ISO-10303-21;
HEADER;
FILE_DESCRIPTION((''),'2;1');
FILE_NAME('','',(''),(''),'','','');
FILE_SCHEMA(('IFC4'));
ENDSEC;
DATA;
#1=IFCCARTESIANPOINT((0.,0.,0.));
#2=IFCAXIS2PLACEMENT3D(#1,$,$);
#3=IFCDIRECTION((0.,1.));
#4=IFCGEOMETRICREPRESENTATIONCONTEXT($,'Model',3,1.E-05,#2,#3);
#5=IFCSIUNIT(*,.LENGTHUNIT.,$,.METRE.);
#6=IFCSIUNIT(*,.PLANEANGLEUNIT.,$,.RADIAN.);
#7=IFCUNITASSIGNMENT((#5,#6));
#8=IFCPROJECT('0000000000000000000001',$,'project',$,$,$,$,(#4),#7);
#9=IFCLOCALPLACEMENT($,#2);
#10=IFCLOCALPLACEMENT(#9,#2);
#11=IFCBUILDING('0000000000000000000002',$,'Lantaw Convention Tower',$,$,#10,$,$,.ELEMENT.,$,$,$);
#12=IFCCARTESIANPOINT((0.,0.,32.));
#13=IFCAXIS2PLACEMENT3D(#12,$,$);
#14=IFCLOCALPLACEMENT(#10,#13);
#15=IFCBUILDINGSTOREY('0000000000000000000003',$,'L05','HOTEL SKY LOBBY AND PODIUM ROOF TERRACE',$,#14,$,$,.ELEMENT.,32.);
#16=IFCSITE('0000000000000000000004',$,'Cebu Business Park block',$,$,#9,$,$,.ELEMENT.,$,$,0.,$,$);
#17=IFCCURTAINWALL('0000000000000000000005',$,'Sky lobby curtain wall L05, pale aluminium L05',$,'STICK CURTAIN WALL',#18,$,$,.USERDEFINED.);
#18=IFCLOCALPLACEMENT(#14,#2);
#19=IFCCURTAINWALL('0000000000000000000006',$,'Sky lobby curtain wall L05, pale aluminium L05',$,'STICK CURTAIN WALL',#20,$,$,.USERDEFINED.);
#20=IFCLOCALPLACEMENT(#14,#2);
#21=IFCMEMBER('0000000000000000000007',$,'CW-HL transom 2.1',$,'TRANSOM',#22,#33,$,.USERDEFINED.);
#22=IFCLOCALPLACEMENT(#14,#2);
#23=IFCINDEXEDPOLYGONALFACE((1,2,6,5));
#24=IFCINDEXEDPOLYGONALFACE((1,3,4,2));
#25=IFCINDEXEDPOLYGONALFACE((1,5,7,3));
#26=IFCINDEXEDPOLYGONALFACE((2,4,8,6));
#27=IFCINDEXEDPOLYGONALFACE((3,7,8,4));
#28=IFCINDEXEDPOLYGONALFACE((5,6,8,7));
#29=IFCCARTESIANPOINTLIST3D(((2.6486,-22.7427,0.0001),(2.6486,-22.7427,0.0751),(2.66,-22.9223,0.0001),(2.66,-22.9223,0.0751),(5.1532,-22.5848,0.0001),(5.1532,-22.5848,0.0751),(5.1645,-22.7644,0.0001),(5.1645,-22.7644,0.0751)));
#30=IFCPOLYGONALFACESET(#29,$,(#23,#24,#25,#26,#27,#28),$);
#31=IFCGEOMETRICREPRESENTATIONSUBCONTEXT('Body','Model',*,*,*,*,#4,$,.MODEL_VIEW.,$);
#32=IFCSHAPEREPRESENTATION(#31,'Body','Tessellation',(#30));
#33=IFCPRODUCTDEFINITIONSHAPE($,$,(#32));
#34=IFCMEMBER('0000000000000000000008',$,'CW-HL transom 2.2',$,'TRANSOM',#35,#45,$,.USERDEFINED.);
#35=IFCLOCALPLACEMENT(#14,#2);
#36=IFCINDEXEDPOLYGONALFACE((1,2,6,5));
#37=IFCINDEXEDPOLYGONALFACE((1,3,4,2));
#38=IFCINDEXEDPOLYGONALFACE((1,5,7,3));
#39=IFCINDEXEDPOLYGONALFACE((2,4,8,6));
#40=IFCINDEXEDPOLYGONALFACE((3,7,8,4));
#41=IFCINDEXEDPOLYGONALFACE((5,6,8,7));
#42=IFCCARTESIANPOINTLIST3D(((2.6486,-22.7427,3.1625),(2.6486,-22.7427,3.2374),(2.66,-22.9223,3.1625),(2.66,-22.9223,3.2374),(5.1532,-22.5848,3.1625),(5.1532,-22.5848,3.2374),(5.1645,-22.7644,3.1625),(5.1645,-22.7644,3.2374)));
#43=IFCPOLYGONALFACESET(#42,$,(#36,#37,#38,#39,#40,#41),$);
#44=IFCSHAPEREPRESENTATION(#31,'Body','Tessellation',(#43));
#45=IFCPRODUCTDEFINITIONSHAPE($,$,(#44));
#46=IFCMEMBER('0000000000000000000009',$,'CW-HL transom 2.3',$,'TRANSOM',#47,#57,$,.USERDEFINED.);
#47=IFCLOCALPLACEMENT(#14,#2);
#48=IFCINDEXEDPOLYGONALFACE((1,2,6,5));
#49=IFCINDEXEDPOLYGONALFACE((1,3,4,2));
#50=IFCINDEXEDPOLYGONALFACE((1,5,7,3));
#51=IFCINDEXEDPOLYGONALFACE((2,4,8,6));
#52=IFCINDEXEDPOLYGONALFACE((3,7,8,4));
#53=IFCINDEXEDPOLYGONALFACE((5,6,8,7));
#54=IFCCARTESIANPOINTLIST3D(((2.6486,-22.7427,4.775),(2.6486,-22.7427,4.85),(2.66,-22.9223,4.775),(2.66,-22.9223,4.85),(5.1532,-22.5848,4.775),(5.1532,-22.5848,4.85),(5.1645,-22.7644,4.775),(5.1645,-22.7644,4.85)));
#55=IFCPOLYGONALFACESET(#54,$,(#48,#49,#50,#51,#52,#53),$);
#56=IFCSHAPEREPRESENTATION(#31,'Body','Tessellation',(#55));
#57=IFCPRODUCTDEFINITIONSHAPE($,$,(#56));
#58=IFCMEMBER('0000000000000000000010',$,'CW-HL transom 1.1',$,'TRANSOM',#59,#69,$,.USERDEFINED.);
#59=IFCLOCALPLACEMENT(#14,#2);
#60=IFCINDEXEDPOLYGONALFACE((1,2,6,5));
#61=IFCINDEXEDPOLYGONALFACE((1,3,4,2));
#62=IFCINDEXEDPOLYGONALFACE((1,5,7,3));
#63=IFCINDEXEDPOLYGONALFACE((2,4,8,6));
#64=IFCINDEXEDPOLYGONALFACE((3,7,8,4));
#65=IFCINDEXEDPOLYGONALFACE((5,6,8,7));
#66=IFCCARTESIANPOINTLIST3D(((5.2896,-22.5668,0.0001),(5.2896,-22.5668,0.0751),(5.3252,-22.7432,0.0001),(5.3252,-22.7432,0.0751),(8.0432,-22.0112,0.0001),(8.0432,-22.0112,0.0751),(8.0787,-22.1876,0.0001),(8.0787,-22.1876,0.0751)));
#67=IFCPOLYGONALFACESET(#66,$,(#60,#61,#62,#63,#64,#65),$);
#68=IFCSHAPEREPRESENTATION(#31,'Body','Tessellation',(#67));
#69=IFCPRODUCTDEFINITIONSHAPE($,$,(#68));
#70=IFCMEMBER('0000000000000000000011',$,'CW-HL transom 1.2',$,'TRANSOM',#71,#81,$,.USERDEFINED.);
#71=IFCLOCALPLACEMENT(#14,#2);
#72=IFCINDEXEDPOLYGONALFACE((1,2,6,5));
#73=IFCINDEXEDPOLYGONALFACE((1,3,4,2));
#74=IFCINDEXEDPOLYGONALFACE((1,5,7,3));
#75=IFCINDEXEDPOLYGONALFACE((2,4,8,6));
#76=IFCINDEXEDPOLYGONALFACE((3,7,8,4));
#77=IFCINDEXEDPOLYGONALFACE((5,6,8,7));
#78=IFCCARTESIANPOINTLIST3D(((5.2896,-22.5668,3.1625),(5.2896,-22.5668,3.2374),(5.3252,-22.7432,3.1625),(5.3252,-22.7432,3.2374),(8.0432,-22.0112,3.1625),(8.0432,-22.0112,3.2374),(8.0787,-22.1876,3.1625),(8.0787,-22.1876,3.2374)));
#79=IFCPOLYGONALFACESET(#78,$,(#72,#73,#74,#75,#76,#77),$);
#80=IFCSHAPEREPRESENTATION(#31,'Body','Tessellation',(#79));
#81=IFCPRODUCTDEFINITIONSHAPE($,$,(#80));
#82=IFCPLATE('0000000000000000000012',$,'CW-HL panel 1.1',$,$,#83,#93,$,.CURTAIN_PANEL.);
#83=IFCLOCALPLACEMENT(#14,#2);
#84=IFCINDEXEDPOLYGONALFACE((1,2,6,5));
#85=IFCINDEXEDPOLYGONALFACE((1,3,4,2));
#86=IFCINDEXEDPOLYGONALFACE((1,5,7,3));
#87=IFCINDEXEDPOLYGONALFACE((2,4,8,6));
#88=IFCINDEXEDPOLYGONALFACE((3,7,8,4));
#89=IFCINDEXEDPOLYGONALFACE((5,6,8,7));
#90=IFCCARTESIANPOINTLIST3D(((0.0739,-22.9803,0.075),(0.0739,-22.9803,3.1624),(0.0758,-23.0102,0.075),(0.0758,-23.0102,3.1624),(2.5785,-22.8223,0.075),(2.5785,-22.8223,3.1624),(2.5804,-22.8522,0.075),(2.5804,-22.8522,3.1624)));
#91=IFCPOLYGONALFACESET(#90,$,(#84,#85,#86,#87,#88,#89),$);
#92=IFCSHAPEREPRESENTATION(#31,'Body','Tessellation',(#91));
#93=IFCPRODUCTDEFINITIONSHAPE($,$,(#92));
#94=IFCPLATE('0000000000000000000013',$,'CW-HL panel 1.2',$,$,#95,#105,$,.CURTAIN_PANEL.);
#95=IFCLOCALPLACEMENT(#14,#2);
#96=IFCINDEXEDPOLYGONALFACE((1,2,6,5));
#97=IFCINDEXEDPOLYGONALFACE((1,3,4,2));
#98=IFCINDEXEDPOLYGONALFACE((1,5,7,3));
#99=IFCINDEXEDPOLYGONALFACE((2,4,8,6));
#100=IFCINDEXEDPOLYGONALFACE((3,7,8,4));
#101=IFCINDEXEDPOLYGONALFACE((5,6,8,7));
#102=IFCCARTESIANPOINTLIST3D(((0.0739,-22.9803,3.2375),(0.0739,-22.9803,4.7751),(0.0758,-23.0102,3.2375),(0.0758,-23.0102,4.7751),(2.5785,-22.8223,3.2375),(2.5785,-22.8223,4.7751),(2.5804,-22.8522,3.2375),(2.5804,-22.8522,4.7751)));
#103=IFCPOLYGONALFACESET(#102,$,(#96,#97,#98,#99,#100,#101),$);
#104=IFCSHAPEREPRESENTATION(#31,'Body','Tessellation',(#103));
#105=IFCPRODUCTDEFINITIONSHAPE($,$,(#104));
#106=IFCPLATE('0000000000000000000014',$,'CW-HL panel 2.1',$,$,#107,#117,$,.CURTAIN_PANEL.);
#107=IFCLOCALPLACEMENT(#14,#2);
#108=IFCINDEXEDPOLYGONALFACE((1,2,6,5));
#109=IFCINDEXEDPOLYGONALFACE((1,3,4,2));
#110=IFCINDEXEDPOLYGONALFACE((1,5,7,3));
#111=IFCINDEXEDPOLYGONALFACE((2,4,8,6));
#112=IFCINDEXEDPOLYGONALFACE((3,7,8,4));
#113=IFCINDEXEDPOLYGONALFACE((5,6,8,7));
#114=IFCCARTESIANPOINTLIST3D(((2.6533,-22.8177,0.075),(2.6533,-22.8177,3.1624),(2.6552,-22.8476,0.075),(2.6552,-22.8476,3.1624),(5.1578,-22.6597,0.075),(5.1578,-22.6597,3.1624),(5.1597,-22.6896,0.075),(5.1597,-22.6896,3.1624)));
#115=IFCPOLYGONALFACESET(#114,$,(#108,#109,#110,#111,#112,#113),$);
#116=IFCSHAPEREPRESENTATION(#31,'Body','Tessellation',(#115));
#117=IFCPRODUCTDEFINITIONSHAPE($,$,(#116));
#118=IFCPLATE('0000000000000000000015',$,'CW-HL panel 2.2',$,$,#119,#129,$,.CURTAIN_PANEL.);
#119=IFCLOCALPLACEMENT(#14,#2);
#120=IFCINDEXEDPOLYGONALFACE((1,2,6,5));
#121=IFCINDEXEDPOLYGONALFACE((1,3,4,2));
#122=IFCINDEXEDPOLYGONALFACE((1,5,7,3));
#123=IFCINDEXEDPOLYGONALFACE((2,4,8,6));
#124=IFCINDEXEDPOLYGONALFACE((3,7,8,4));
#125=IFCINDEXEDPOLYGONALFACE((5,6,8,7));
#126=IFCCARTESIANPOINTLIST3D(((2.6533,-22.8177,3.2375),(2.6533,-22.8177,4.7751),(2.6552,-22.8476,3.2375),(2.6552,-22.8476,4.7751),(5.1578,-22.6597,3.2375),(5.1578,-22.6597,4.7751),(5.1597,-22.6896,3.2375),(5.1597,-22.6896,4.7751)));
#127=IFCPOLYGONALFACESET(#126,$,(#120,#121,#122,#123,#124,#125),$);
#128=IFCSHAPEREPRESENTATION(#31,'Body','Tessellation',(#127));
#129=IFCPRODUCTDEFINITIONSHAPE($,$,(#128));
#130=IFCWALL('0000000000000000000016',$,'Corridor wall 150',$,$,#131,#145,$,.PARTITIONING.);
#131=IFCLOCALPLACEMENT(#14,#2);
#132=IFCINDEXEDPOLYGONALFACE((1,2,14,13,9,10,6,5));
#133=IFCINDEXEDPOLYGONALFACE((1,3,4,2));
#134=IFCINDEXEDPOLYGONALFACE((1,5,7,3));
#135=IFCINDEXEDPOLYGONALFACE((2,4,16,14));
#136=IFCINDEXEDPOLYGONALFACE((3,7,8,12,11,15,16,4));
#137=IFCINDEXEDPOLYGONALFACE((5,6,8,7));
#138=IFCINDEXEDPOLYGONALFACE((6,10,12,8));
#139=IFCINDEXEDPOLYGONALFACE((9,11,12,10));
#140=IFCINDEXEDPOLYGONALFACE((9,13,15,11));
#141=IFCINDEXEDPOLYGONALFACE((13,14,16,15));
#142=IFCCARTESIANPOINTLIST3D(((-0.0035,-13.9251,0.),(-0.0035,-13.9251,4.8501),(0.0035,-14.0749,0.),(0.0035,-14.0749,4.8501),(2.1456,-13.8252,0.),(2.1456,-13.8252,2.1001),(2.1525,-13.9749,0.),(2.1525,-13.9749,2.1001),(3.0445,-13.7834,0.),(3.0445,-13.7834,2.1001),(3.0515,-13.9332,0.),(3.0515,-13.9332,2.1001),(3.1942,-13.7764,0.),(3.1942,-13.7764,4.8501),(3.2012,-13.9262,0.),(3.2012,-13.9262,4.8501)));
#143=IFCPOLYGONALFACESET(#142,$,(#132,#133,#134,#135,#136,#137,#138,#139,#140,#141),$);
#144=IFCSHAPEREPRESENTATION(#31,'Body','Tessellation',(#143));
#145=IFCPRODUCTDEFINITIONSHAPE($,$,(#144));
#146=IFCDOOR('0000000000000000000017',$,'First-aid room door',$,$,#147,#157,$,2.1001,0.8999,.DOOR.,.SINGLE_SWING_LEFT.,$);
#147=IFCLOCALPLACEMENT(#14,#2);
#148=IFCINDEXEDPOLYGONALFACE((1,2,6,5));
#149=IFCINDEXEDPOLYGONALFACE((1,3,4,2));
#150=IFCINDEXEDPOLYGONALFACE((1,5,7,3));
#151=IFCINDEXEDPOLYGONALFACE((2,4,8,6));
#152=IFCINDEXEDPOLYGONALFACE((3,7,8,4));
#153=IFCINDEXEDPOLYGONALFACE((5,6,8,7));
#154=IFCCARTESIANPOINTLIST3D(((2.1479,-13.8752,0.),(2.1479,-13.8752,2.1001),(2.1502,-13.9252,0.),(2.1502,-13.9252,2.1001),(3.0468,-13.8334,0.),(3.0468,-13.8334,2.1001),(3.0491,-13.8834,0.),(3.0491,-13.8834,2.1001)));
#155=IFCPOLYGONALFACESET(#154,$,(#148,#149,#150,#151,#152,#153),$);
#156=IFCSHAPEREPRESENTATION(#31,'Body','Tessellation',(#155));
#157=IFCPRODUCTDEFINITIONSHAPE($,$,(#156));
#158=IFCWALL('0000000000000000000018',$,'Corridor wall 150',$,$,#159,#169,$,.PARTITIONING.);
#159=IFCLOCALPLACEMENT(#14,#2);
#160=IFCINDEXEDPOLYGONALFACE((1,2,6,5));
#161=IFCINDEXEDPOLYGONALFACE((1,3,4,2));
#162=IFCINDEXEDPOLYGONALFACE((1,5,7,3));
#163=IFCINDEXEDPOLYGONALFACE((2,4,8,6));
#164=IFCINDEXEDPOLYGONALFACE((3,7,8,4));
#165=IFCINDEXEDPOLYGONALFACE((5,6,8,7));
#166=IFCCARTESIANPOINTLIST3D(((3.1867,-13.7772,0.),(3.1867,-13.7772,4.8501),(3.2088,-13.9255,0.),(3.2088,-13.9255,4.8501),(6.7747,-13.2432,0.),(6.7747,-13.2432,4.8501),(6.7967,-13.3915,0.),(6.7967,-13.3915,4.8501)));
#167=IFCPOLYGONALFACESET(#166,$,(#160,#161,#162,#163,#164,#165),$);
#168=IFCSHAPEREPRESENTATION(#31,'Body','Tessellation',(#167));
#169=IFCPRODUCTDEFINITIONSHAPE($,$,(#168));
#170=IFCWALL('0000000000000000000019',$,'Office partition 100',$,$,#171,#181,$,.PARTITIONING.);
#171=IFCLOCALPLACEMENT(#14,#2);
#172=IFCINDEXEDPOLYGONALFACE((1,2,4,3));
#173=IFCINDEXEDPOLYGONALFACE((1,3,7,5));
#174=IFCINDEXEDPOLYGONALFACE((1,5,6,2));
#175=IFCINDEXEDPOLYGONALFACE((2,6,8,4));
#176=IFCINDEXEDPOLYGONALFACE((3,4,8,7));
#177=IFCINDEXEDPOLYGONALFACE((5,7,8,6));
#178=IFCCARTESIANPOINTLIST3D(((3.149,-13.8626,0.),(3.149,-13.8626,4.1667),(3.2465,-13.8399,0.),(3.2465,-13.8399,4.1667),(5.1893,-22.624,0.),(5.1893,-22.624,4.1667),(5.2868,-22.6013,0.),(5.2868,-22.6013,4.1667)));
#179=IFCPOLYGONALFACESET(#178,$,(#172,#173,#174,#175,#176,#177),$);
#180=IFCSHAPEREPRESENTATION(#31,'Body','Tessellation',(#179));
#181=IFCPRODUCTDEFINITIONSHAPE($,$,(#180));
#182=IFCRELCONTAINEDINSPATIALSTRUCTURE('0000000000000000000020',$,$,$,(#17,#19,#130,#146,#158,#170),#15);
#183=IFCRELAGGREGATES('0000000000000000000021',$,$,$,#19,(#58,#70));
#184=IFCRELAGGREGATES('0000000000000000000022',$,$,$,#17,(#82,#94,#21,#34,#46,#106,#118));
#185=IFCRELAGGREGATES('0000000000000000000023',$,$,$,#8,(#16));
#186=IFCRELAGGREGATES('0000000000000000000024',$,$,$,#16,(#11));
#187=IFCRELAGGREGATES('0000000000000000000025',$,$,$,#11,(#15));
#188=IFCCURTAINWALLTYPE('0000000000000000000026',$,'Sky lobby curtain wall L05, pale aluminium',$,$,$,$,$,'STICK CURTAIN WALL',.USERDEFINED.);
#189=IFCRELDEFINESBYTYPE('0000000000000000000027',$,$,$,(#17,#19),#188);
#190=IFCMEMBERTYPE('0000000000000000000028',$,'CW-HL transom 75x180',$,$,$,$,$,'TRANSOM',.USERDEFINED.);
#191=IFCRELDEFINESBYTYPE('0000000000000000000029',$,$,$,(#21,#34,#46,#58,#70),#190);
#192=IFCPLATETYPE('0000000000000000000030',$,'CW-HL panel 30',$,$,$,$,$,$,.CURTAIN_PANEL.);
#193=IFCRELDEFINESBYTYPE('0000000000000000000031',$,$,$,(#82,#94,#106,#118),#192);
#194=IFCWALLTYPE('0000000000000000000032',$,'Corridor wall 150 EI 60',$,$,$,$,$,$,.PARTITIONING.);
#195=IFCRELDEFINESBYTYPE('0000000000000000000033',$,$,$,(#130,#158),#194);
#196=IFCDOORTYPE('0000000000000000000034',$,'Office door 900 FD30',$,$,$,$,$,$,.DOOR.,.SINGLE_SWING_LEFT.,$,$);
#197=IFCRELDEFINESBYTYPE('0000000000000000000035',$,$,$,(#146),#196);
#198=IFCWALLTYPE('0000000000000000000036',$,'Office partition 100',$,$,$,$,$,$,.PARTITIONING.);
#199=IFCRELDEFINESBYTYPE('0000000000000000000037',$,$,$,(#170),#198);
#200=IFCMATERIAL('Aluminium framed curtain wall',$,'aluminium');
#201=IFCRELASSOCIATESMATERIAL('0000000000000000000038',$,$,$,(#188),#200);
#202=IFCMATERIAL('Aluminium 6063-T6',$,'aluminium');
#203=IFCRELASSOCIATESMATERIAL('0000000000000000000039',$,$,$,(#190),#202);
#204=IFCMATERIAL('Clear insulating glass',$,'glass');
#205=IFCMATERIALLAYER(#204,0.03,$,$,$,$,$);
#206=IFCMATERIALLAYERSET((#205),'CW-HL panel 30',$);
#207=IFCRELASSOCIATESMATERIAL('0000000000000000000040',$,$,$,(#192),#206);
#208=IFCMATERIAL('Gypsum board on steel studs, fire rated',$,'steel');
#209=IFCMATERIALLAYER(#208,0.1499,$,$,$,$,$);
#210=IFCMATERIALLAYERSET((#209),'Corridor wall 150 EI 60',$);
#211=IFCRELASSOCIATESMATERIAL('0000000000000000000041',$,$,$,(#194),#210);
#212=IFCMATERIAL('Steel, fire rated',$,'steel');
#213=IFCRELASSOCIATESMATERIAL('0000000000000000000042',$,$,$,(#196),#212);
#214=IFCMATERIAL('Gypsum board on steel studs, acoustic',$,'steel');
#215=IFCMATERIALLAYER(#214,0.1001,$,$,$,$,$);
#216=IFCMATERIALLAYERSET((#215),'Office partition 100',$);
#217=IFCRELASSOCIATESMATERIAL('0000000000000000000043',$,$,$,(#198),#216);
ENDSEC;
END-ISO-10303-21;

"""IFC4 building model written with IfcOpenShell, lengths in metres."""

from ifc_helpers import new_model, si_unit, direction, frame, frame_2d, origin, origin_2d, place, context, subcontext, project, spatial, rectangle, extrude, material, layer, layer_set, material_profile, profile_set, type_object, element, fill, aggregate, save


model = new_model("IFC4")

# Units and contexts
model_context = context("Model", 3, precision=1e-05, world=origin(), true_north=direction((0.0, 1.0)))
body_context = subcontext(model_context, "Body", "Model", "MODEL_VIEW")
ifc_project = project(units=[si_unit("LENGTHUNIT", "METRE"), si_unit("PLANEANGLEUNIT", "RADIAN")], contexts=[model_context])

# Site, building, storey
site_placement = place(None, origin())
site = spatial("IfcSite", under=ifc_project, at=site_placement, Name="Cebu Business Park block", CompositionType="ELEMENT", RefElevation=0.0)
building_placement = place(site_placement, origin())
building = spatial("IfcBuilding", under=site, at=building_placement, Name="Lantaw Convention Tower", CompositionType="ELEMENT")
storey_placement = place(building_placement, frame((0.0, 0.0, 32.0)))
storey = spatial("IfcBuildingStorey", under=building, at=storey_placement, Name="L05", Description="HOTEL SKY LOBBY AND PODIUM ROOF TERRACE", CompositionType="ELEMENT", Elevation=32.0)

# Curtain wall
ifc_material_1 = material(Name="Aluminium framed curtain wall", Category="aluminium")
curtain_wall_type = type_object("IfcCurtainWallType", Name="Sky lobby curtain wall L05, pale aluminium", ElementType="STICK CURTAIN WALL", PredefinedType="USERDEFINED", material=ifc_material_1)
curtain_wall_1_placement = place(storey_placement, origin())
curtain_wall_1 = element("IfcCurtainWall", 1, at=curtain_wall_1_placement, inside=storey, type_object=curtain_wall_type, Name="Sky lobby curtain wall L05, pale aluminium L05", ObjectType="STICK CURTAIN WALL", PredefinedType="USERDEFINED")
ifc_material_2 = material(Name="Aluminium 6063-T6", Category="aluminium")

# Curtain wall
curtain_wall_2_placement = place(storey_placement, origin())
curtain_wall_2 = element("IfcCurtainWall", 2, at=curtain_wall_2_placement, inside=storey, type_object=curtain_wall_type, Name="Sky lobby curtain wall L05, pale aluminium L05", ObjectType="STICK CURTAIN WALL", PredefinedType="USERDEFINED")

# Members
ifc_material_profile_1 = material_profile(ifc_material_2, rectangle(XDim=0.1799, YDim=0.075, at=origin_2d()), Name="CW-HL transom 75x180")
ifc_profile_set_1 = profile_set([ifc_material_profile_1], Name="Aluminium 6063-T6")
member_type_1 = type_object("IfcMemberType", Name="CW-HL transom 75x180", ElementType="TRANSOM", PredefinedType="USERDEFINED", material=ifc_profile_set_1)
member_1_placement = place(storey_placement, frame((2.6543, -22.8325, 0.0376), z_axis=(0.998017, 0.062942, 0.0), x_axis=(-0.062942, 0.998017, 0.0)))
member_1 = element("IfcMember", 3, at=member_1_placement, type_object=member_type_1, Name="CW-HL transom 2.1", ObjectType="TRANSOM", PredefinedType="USERDEFINED", context=body_context, shape_type="SweptSolid", body=[
    extrude(rectangle(XDim=0.1799, YDim=0.075, at=origin_2d()), origin(), (0.0, 0.0, 1.0), 2.5095),
])
member_2_placement = place(storey_placement, frame((2.6543, -22.8325, 3.2), z_axis=(0.998017, 0.062942, 0.0), x_axis=(-0.062942, 0.998017, 0.0)))
member_2 = element("IfcMember", 4, at=member_2_placement, type_object=member_type_1, Name="CW-HL transom 2.2", ObjectType="TRANSOM", PredefinedType="USERDEFINED", context=body_context, shape_type="SweptSolid", body=[
    extrude(rectangle(XDim=0.1799, YDim=0.075, at=origin_2d()), origin(), (0.0, 0.0, 1.0), 2.5095),
])
member_3_placement = place(storey_placement, frame((2.6543, -22.8325, 4.8125), z_axis=(0.998017, 0.062942, 0.0), x_axis=(-0.062942, 0.998017, 0.0)))
member_3 = element("IfcMember", 5, at=member_3_placement, type_object=member_type_1, Name="CW-HL transom 2.3", ObjectType="TRANSOM", PredefinedType="USERDEFINED", context=body_context, shape_type="SweptSolid", body=[
    extrude(rectangle(XDim=0.1799, YDim=0.075, at=origin_2d()), origin(), (0.0, 0.0, 1.0), 2.5095),
])
member_4_placement = place(storey_placement, frame((5.3074, -22.655, 0.0376), z_axis=(0.980242, 0.197804, 0.0), x_axis=(-0.197804, 0.980242, 0.0)))
member_4 = element("IfcMember", 6, at=member_4_placement, type_object=member_type_1, Name="CW-HL transom 1.1", ObjectType="TRANSOM", PredefinedType="USERDEFINED", context=body_context, shape_type="SweptSolid", body=[
    extrude(rectangle(XDim=0.1799, YDim=0.075, at=origin_2d()), origin(), (0.0, 0.0, 1.0), 2.8091),
])
member_5_placement = place(storey_placement, frame((5.3074, -22.655, 3.2), z_axis=(0.980242, 0.197804, 0.0), x_axis=(-0.197804, 0.980242, 0.0)))
member_5 = element("IfcMember", 7, at=member_5_placement, type_object=member_type_1, Name="CW-HL transom 1.2", ObjectType="TRANSOM", PredefinedType="USERDEFINED", context=body_context, shape_type="SweptSolid", body=[
    extrude(rectangle(XDim=0.1799, YDim=0.075, at=origin_2d()), origin(), (0.0, 0.0, 1.0), 2.8091),
])
aggregate(curtain_wall_2, [member_4, member_5])

# Plates
ifc_material_3 = material(Name="Clear insulating glass", Category="glass")
ifc_layer_1 = layer(ifc_material_3, 0.03)
ifc_layer_set_1 = layer_set([ifc_layer_1], Name="CW-HL panel 30")
plate_type = type_object("IfcPlateType", Name="CW-HL panel 30", PredefinedType="CURTAIN_PANEL", material=ifc_layer_set_1)
plate_1_placement = place(storey_placement, frame((1.3271, -22.9163, 0.075), z_axis=(0.0, 0.0, 1.0), x_axis=(0.998016, 0.062958, 0.0)))
plate_1 = element("IfcPlate", 8, at=plate_1_placement, type_object=plate_type, Name="CW-HL panel 1.1", PredefinedType="CURTAIN_PANEL", context=body_context, shape_type="SweptSolid", body=[
    extrude(rectangle(XDim=2.5095, YDim=0.03, at=origin_2d()), origin(), (0.0, 0.0, 1.0), 3.0874),
])
plate_2_placement = place(storey_placement, frame((1.3271, -22.9163, 3.2375), z_axis=(0.0, 0.0, 1.0), x_axis=(0.998016, 0.062958, 0.0)))
plate_2 = element("IfcPlate", 9, at=plate_2_placement, type_object=plate_type, Name="CW-HL panel 1.2", PredefinedType="CURTAIN_PANEL", context=body_context, shape_type="SweptSolid", body=[
    extrude(rectangle(XDim=2.5095, YDim=0.03, at=origin_2d()), origin(), (0.0, 0.0, 1.0), 1.5376),
])
plate_3_placement = place(storey_placement, frame((3.9065, -22.7537, 0.075), z_axis=(0.0, 0.0, 1.0), x_axis=(0.998016, 0.062958, 0.0)))
plate_3 = element("IfcPlate", 10, at=plate_3_placement, type_object=plate_type, Name="CW-HL panel 2.1", PredefinedType="CURTAIN_PANEL", context=body_context, shape_type="SweptSolid", body=[
    extrude(rectangle(XDim=2.5095, YDim=0.03, at=origin_2d()), origin(), (0.0, 0.0, 1.0), 3.0874),
])
plate_4_placement = place(storey_placement, frame((3.9065, -22.7537, 3.2375), z_axis=(0.0, 0.0, 1.0), x_axis=(0.998016, 0.062958, 0.0)))
plate_4 = element("IfcPlate", 11, at=plate_4_placement, type_object=plate_type, Name="CW-HL panel 2.2", PredefinedType="CURTAIN_PANEL", context=body_context, shape_type="SweptSolid", body=[
    extrude(rectangle(XDim=2.5095, YDim=0.03, at=origin_2d()), origin(), (0.0, 0.0, 1.0), 1.5376),
])
aggregate(curtain_wall_1, [plate_1, plate_2, member_1, member_2, member_3, plate_3, plate_4])

# Wall, opening, door
ifc_material_4 = material(Name="Gypsum board on steel studs, fire rated", Category="steel")
ifc_layer_2 = layer(ifc_material_4, 0.1499)
ifc_layer_set_2 = layer_set([ifc_layer_2], Name="Corridor wall 150 EI 60")
wall_type_1 = type_object("IfcWallType", Name="Corridor wall 150 EI 60", PredefinedType="PARTITIONING", material=ifc_layer_set_2)
wall_1_placement = place(storey_placement, frame((0.0, -14.0, 0.0), z_axis=(0.0, 0.0, 1.0), x_axis=(0.998921, 0.046445, 0.0)))
wall_1 = element("IfcWall", 12, at=wall_1_placement, inside=storey, type_object=wall_type_1, Name="Corridor wall 150", PredefinedType="PARTITIONING", context=body_context, shape_type="SweptSolid", body=[
    extrude(rectangle(XDim=3.2012, YDim=0.1499, at=frame_2d((1.6006, 0.0))), origin(), (0.0, 0.0, 1.0), 4.8501),
])
opening_placement = place(wall_1_placement, frame((2.1514, 0.0, 0.0)))
opening = element("IfcOpeningElement", 13, at=opening_placement, cuts=wall_1, PredefinedType="OPENING", context=body_context, shape_type="SweptSolid", body=[
    extrude(rectangle(XDim=0.8999, YDim=2.1001, at=frame_2d((0.45, 1.05))), frame((0.0, 0.085, 0.0), z_axis=(0.0, -1.0, 0.0), x_axis=(1.0, 0.0, 0.0)), (0.0, 0.0, 1.0), 0.1699),
])
ifc_material_5 = material(Name="Steel, fire rated", Category="steel")
door_type = type_object("IfcDoorType", Name="Office door 900 FD30", OperationType="SINGLE_SWING_LEFT", PredefinedType="DOOR", material=ifc_material_5)
door_placement = place(opening_placement, origin())
door = element("IfcDoor", 14, at=door_placement, inside=storey, type_object=door_type, Name="First-aid room door", OperationType="SINGLE_SWING_LEFT", OverallHeight=2.1001, OverallWidth=0.8999, PredefinedType="DOOR", context=body_context, shape_type="SweptSolid", body=[
    extrude(rectangle(XDim=0.8999, YDim=2.1001, at=frame_2d((0.45, 1.05))), frame((0.0, 0.0249, 0.0), z_axis=(0.0, -1.0, 0.0), x_axis=(1.0, 0.0, 0.0)), (0.0, 0.0, 1.0), 0.05),
])
fill(opening, door)

# Walls
wall_2_placement = place(storey_placement, frame((3.1978, -13.8513, 0.0), z_axis=(0.0, 0.0, 1.0), x_axis=(0.989107, 0.147195, 0.0)))
element("IfcWall", 15, at=wall_2_placement, inside=storey, type_object=wall_type_1, Name="Corridor wall 150", PredefinedType="PARTITIONING", context=body_context, shape_type="SweptSolid", body=[
    extrude(rectangle(XDim=3.6274, YDim=0.1499, at=frame_2d((1.8137, 0.0))), origin(), (0.0, 0.0, 1.0), 4.8501),
])
ifc_material_6 = material(Name="Gypsum board on steel studs, acoustic", Category="steel")
ifc_layer_3 = layer(ifc_material_6, 0.1001)
ifc_layer_set_3 = layer_set([ifc_layer_3], Name="Office partition 100")
wall_type_2 = type_object("IfcWallType", Name="Office partition 100", PredefinedType="PARTITIONING", material=ifc_layer_set_3)
wall_3_placement = place(storey_placement, frame((5.238, -22.6128, 0.0), z_axis=(0.0, 0.0, 1.0), x_axis=(-0.226801, 0.973941, 0.0)))
element("IfcWall", 16, at=wall_3_placement, inside=storey, type_object=wall_type_2, Name="Office partition 100", PredefinedType="PARTITIONING", context=body_context, shape_type="SweptSolid", body=[
    extrude(rectangle(XDim=8.9958, YDim=0.1001, at=frame_2d((4.498, 0.0))), origin(), (0.0, 0.0, 1.0), 4.1667),
])

save(model, "model.ifc")
